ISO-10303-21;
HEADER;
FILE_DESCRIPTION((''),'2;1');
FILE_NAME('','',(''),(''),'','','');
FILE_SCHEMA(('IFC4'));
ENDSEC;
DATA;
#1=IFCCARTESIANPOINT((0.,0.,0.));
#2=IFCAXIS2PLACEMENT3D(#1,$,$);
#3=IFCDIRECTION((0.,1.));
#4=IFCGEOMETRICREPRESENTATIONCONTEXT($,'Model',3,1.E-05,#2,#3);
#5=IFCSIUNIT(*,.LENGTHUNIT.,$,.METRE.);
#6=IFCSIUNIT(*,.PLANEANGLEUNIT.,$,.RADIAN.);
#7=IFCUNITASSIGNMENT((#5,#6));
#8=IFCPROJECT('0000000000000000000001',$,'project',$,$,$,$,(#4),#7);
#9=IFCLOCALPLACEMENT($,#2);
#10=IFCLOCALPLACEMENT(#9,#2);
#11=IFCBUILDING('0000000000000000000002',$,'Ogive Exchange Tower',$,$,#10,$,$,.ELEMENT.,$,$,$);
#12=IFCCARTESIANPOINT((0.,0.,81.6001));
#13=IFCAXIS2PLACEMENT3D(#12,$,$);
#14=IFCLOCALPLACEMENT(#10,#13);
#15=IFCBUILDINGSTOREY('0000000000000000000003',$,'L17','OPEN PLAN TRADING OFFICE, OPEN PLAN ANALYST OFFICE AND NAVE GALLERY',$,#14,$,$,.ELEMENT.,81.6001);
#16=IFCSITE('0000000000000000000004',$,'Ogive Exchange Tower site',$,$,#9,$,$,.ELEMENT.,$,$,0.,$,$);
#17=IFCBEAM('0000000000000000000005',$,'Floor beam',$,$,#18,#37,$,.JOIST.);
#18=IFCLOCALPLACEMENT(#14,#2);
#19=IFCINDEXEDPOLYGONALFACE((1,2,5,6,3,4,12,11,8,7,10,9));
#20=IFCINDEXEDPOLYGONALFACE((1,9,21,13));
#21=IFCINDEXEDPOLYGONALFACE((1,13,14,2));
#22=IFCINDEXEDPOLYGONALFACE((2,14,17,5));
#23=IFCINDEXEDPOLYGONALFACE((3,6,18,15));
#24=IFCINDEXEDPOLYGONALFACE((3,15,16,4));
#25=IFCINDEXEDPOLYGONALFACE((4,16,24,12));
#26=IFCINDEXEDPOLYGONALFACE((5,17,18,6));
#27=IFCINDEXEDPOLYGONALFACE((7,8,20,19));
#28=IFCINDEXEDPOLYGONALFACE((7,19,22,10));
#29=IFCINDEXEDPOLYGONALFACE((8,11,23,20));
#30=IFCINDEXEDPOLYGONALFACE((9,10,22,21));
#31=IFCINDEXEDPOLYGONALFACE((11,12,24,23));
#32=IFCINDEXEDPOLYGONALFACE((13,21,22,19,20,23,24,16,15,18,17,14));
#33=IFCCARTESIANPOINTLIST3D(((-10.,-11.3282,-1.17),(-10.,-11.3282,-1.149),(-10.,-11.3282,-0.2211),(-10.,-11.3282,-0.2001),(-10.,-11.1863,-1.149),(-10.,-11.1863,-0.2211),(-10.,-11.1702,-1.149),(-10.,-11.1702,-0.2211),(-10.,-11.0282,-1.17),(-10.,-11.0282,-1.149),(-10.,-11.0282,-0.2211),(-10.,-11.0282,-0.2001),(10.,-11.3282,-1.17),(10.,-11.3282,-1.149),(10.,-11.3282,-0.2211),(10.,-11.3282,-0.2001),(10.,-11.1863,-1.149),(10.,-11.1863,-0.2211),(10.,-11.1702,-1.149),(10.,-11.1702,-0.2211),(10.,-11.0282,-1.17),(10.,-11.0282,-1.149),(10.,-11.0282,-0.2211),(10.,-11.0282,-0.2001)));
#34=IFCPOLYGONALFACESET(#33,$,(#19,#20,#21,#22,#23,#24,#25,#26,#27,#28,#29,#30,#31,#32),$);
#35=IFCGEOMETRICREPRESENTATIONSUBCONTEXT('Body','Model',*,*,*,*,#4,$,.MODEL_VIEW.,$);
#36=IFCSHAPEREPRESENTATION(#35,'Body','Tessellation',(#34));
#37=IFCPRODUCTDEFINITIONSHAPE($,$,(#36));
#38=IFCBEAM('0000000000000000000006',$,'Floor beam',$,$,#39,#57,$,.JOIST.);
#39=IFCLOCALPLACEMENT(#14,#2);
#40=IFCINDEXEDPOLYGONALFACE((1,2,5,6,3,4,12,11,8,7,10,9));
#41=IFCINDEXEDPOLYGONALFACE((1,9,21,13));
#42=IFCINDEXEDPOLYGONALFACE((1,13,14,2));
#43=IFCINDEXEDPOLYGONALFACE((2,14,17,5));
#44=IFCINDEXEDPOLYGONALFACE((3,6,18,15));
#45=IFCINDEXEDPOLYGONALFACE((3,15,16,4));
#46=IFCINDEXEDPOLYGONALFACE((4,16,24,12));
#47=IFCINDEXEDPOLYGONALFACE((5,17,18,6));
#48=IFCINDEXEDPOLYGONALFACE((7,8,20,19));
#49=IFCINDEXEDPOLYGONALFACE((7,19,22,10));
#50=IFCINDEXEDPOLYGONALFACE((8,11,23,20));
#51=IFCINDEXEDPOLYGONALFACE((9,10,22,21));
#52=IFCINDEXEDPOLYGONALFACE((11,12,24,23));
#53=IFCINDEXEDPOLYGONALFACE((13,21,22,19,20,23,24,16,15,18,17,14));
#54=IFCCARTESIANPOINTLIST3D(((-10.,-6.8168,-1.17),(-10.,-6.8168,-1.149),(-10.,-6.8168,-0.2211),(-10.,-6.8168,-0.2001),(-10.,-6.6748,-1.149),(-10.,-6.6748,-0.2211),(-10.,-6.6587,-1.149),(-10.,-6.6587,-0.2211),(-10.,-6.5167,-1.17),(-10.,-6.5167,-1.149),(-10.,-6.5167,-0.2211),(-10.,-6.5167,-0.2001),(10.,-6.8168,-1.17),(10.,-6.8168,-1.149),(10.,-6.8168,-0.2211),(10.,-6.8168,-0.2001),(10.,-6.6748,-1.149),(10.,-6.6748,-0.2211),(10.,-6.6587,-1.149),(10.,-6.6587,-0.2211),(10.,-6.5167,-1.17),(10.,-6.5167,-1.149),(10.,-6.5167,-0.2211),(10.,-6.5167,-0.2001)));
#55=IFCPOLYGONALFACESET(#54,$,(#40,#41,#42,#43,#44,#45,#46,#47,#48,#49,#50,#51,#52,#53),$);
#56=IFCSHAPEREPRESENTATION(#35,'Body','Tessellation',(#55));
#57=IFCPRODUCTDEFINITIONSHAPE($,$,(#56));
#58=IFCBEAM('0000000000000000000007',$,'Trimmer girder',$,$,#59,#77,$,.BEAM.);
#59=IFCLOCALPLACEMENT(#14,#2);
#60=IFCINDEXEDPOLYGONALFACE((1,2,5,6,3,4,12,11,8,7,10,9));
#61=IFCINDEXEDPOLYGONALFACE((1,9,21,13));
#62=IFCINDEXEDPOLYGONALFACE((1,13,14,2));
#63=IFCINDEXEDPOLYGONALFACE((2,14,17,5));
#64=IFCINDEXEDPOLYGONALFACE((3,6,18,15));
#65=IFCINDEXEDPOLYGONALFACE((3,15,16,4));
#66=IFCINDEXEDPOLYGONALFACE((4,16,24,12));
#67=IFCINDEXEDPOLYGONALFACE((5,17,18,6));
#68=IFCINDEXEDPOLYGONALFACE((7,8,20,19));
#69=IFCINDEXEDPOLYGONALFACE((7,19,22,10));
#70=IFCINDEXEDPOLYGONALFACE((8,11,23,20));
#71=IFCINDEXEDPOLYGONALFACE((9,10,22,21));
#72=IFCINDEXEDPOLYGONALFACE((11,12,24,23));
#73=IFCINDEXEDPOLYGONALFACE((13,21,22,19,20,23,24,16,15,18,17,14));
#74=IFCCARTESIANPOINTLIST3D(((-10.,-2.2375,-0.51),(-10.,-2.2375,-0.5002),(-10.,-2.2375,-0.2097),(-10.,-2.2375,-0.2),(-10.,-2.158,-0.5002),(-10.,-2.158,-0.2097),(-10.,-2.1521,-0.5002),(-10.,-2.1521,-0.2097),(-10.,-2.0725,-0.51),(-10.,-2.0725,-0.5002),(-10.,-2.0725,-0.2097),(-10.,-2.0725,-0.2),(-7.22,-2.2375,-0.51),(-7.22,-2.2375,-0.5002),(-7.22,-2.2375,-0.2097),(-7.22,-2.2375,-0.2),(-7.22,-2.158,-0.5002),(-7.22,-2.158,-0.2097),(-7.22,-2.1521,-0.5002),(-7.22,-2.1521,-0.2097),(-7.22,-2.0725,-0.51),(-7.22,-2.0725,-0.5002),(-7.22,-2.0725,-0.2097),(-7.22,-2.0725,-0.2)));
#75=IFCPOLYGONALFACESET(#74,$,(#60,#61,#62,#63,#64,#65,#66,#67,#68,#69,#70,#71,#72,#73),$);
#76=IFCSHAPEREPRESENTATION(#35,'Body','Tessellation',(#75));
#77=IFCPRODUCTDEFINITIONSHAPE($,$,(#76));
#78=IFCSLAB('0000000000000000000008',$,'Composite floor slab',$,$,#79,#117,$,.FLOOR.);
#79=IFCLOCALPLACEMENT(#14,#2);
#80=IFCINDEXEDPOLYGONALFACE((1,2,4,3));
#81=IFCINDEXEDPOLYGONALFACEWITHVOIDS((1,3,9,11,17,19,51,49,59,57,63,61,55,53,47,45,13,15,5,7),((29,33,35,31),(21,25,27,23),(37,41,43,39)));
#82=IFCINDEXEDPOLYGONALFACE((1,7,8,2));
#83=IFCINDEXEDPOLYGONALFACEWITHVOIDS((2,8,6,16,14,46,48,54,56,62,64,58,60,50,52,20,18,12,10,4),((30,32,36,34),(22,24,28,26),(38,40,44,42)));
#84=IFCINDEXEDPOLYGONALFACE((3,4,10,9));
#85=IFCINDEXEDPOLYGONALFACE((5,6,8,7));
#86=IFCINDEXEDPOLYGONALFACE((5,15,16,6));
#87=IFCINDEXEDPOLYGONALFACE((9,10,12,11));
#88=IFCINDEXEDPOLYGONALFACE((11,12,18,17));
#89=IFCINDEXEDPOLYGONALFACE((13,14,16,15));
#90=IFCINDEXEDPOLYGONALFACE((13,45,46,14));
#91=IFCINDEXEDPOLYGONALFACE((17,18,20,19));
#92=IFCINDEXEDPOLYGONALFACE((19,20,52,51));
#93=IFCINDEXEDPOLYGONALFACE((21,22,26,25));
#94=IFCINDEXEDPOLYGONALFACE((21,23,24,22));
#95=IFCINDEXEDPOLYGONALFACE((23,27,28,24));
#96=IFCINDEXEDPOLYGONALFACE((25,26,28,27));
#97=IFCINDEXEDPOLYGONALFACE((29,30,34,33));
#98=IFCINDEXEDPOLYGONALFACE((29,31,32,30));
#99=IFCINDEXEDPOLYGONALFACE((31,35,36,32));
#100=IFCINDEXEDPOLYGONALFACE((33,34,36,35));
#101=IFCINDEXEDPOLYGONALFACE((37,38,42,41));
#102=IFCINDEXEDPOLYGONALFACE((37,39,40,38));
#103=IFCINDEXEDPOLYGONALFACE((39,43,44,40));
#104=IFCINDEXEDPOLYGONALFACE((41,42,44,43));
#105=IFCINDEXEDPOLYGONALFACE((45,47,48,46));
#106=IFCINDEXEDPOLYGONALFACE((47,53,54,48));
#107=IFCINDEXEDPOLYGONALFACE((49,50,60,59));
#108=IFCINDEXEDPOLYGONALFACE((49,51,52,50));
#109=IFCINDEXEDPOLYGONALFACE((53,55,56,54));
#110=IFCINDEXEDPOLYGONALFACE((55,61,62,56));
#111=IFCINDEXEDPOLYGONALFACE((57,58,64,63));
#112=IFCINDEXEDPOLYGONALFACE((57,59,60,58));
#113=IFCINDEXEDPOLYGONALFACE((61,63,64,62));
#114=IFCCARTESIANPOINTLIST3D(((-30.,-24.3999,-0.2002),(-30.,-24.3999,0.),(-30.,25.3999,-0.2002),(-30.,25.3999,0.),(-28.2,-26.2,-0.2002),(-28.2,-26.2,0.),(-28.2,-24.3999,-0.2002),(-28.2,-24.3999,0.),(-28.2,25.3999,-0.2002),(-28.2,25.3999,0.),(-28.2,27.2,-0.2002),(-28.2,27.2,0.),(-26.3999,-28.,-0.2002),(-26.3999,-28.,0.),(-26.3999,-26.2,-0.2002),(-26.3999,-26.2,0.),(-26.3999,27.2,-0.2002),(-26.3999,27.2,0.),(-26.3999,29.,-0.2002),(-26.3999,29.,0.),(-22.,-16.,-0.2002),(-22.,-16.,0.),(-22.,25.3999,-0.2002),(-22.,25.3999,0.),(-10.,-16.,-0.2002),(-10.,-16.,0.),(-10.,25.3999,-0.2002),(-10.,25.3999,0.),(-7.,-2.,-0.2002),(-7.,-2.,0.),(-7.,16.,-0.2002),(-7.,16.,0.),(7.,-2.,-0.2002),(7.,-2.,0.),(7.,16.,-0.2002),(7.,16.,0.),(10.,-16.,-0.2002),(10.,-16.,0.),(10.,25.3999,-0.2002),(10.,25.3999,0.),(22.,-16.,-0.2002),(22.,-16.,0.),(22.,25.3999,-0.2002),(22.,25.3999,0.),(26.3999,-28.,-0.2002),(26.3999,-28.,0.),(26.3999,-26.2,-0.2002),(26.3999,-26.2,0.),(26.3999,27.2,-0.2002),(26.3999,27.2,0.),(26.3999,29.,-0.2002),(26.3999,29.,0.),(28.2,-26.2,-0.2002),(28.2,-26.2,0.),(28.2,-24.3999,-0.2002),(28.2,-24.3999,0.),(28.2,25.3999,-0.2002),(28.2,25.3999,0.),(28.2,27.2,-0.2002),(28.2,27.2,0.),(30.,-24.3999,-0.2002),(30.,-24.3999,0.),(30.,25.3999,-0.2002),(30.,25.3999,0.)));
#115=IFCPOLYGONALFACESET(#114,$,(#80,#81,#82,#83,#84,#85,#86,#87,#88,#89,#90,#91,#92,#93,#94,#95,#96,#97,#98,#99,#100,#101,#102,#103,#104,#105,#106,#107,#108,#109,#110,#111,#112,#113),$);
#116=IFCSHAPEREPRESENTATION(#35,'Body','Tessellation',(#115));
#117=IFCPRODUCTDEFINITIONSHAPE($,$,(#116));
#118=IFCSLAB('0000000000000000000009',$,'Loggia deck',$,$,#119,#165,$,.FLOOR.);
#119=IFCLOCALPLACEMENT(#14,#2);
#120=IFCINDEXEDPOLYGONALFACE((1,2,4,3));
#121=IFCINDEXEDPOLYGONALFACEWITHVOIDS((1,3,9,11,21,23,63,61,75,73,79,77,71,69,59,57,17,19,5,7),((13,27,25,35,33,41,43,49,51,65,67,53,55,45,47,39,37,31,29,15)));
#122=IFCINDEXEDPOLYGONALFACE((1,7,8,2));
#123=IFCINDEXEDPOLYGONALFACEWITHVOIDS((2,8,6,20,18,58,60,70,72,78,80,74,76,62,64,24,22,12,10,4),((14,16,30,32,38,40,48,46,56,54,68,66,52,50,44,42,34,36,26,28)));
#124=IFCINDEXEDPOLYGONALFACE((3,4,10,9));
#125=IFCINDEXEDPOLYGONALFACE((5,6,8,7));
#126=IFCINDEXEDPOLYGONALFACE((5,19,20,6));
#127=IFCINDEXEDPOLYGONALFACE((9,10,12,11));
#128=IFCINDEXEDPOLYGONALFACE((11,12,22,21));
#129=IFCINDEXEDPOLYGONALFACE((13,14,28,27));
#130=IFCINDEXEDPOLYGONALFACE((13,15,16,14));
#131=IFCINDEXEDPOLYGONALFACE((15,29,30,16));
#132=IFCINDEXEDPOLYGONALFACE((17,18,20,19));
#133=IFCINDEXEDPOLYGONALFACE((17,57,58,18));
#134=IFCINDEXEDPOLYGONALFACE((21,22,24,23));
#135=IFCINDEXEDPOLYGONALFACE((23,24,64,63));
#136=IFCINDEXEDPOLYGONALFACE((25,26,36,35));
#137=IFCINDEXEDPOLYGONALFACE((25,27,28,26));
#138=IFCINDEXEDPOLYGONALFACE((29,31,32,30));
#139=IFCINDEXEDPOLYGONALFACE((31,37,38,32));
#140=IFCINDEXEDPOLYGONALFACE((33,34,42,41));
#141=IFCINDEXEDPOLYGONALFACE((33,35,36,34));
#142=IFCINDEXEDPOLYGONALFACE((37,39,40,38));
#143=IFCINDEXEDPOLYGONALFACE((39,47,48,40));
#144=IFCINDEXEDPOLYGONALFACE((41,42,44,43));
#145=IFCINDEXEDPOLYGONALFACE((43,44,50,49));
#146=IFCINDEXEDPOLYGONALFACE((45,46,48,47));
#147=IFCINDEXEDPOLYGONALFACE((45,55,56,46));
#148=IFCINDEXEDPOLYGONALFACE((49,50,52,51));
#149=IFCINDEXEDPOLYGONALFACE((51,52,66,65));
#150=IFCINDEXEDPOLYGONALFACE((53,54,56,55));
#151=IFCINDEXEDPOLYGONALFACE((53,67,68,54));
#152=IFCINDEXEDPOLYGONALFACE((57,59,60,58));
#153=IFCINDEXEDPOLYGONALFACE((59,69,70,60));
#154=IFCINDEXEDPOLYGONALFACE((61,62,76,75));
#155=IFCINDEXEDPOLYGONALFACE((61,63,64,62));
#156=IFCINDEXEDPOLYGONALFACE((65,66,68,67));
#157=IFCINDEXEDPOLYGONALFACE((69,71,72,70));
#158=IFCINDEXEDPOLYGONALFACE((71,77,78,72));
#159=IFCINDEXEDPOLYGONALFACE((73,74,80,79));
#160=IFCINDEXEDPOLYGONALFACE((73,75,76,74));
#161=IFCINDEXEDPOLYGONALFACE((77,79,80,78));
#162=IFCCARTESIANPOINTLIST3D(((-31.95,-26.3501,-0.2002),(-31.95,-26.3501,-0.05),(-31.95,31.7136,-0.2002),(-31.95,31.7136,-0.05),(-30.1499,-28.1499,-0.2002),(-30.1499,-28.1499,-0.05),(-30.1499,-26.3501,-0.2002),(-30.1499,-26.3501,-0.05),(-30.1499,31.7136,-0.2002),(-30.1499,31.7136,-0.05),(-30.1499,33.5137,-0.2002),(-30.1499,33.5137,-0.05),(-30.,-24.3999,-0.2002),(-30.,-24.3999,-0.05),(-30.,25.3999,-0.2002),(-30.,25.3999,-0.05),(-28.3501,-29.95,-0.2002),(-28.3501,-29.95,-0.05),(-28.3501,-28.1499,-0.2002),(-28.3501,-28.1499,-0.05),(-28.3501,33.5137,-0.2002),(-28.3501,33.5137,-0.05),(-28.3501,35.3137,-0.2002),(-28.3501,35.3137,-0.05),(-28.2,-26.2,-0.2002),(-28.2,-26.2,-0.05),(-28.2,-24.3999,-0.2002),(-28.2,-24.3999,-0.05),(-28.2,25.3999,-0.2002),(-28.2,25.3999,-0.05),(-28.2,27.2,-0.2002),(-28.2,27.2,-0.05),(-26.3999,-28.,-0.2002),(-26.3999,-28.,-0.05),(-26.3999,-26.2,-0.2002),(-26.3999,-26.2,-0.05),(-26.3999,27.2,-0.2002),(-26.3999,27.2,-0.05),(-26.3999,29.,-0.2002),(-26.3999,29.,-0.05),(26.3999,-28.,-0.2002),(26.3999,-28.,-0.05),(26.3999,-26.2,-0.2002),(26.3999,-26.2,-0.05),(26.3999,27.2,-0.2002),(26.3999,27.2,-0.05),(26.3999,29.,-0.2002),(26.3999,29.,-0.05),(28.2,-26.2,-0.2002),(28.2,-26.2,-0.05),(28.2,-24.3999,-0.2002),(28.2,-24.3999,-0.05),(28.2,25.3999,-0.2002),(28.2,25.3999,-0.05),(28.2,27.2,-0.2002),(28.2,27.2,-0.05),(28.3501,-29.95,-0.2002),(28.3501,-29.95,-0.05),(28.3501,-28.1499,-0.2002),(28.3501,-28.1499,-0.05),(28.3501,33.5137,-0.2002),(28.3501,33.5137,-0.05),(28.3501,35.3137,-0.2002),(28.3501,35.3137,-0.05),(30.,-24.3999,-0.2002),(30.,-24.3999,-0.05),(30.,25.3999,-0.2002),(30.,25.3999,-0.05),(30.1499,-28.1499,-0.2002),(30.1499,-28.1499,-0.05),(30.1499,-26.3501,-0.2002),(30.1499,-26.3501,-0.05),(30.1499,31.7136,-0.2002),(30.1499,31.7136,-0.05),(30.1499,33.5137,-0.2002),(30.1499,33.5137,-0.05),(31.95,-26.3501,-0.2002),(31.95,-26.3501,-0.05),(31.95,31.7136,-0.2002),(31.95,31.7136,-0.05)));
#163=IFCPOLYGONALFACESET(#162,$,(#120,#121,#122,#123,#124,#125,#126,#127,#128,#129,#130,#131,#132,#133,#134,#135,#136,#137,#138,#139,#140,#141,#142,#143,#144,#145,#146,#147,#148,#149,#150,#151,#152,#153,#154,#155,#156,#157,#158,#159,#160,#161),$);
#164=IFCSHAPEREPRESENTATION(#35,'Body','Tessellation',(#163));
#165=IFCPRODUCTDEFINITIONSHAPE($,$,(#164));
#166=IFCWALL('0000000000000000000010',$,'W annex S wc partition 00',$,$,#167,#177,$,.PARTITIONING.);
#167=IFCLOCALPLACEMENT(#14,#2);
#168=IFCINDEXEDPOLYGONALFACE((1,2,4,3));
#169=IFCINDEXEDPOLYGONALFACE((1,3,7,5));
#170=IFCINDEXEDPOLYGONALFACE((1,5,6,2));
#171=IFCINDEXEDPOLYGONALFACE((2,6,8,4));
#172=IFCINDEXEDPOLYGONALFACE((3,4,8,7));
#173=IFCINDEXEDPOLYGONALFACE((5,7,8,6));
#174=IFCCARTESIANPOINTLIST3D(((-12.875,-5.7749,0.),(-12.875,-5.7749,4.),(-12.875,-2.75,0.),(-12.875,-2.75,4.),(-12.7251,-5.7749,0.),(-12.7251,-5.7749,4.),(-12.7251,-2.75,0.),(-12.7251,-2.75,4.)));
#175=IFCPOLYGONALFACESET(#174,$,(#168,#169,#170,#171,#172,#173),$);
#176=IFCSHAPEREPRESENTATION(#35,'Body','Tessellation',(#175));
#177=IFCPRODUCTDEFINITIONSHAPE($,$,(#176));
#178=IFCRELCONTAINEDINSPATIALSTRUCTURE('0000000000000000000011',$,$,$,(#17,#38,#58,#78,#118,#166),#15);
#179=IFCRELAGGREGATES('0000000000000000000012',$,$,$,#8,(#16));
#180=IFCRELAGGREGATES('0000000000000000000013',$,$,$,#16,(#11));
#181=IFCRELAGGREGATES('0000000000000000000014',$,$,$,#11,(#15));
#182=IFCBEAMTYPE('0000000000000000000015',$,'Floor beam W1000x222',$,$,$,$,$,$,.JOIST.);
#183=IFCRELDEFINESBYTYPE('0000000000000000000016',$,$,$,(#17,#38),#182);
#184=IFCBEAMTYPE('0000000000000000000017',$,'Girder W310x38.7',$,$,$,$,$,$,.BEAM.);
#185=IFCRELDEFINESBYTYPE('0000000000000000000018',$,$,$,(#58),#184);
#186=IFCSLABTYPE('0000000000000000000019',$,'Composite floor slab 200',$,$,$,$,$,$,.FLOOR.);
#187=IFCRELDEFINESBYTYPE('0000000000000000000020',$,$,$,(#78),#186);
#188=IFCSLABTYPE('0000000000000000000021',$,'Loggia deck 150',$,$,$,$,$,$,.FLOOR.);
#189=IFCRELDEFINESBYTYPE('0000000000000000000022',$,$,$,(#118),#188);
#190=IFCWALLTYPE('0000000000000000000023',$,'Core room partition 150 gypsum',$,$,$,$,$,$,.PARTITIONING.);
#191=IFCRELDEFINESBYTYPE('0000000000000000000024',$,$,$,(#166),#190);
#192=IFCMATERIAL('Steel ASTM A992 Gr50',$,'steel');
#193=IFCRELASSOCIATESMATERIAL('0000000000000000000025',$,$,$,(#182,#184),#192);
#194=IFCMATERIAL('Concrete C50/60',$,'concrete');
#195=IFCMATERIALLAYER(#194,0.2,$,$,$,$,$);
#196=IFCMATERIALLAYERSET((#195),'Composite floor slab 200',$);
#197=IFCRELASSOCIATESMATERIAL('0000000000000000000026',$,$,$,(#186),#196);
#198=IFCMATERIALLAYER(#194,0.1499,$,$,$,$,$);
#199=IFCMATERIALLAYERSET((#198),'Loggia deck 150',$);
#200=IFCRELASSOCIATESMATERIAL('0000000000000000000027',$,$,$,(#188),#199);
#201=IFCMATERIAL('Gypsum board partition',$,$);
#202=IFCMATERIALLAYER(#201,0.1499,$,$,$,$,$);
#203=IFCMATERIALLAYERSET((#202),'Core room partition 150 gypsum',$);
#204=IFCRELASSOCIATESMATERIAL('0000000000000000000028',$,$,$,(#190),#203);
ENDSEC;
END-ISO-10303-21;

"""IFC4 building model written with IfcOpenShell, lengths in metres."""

from ifc_helpers import new_model, si_unit, direction, frame, frame_2d, origin, origin_2d, place, context, subcontext, project, spatial, polyline, rectangle, i_section, outline, extrude, material, layer, layer_set, material_profile, profile_set, type_object, element, save


model = new_model("IFC4")

# Units and contexts
model_context = context("Model", 3, precision=1e-05, world=origin(), true_north=direction((0.0, 1.0)))
body_context = subcontext(model_context, "Body", "Model", "MODEL_VIEW")
ifc_project = project(units=[si_unit("LENGTHUNIT", "METRE"), si_unit("PLANEANGLEUNIT", "RADIAN")], contexts=[model_context])

# Site, building, storey
site_placement = place(None, origin())
site = spatial("IfcSite", under=ifc_project, at=site_placement, Name="Ogive Exchange Tower site", CompositionType="ELEMENT", RefElevation=0.0)
building_placement = place(site_placement, origin())
building = spatial("IfcBuilding", under=site, at=building_placement, Name="Ogive Exchange Tower", CompositionType="ELEMENT")
storey_placement = place(building_placement, frame((0.0, 0.0, 81.6001)))
storey = spatial("IfcBuildingStorey", under=building, at=storey_placement, Name="L17", Description="OPEN PLAN TRADING OFFICE, OPEN PLAN ANALYST OFFICE AND NAVE GALLERY", CompositionType="ELEMENT", Elevation=81.6001)

# Beams
ifc_material_1 = material(Name="Steel ASTM A992 Gr50", Category="steel")
ifc_material_profile_1 = material_profile(ifc_material_1, i_section(OverallWidth=0.3, OverallDepth=0.97, WebThickness=0.0161, FlangeThickness=0.021, at=origin_2d()), Name="W1000x222")
ifc_profile_set_1 = profile_set([ifc_material_profile_1], Name="Steel ASTM A992 Gr50")
beam_type_1 = type_object("IfcBeamType", Name="Floor beam W1000x222", PredefinedType="JOIST", material=ifc_profile_set_1)
for number, where, z_axis, x_axis, name in (
    (1, (-10.0, -11.1782, -0.6851), (1.0, 0.0, 0.0), (0.0, 1.0, 0.0), "Floor beam"),
    (2, (-10.0, -6.6667, -0.6851), (1.0, 0.0, 0.0), (0.0, 1.0, 0.0), "Floor beam"),
):
    element("IfcBeam", number, at=place(storey_placement, frame(where, z_axis=z_axis, x_axis=x_axis)), inside=storey, type_object=beam_type_1, Name=name, PredefinedType="JOIST", context=body_context, shape_type="SweptSolid", body=[
        extrude(i_section(OverallWidth=0.3, OverallDepth=0.97, WebThickness=0.0161, FlangeThickness=0.021, at=origin_2d()), origin(), (0.0, 0.0, 1.0), 20.0),
    ])
ifc_material_profile_2 = material_profile(ifc_material_1, i_section(OverallWidth=0.165, OverallDepth=0.3101, WebThickness=0.0059, FlangeThickness=0.0098, at=origin_2d()), Name="W310x38.7")
ifc_profile_set_2 = profile_set([ifc_material_profile_2], Name="Steel ASTM A992 Gr50")
beam_type_2 = type_object("IfcBeamType", Name="Girder W310x38.7", PredefinedType="BEAM", material=ifc_profile_set_2)
beam_placement = place(storey_placement, frame((-10.0, -2.155, -0.355), z_axis=(1.0, 0.0, 0.0), x_axis=(0.0, 1.0, 0.0)))
element("IfcBeam", 3, at=beam_placement, inside=storey, type_object=beam_type_2, Name="Trimmer girder", PredefinedType="BEAM", context=body_context, shape_type="SweptSolid", body=[
    extrude(i_section(OverallWidth=0.165, OverallDepth=0.3101, WebThickness=0.0059, FlangeThickness=0.0098, at=origin_2d()), origin(), (0.0, 0.0, 1.0), 2.78),
])

# Slabs
ifc_material_2 = material(Name="Concrete C50/60", Category="concrete")
ifc_layer_1 = layer(ifc_material_2, 0.2)
ifc_layer_set_1 = layer_set([ifc_layer_1], Name="Composite floor slab 200")
slab_type_1 = type_object("IfcSlabType", Name="Composite floor slab 200", PredefinedType="FLOOR", material=ifc_layer_set_1)
slab_1_placement = place(storey_placement, frame((0.0, 0.0, -0.2002)))
element("IfcSlab", 4, at=slab_1_placement, inside=storey, type_object=slab_type_1, Name="Composite floor slab", PredefinedType="FLOOR", context=body_context, shape_type="SweptSolid", body=[
    extrude(outline(polyline([(-26.3999, -26.2), (-28.2, -26.2), (-28.2, -24.3999), (-30.0, -24.3999), (-30.0, 25.3999), (-28.2, 25.3999), (-28.2, 27.2), (-26.3999, 27.2), (-26.3999, 29.0), (26.3999, 29.0), (26.3999, 27.2), (28.2, 27.2), (28.2, 25.3999), (30.0, 25.3999), (30.0, -24.3999), (28.2, -24.3999), (28.2, -26.2), (26.3999, -26.2), (26.3999, -28.0), (-26.3999, -28.0), (-26.3999, -26.2)]), holes=[polyline([(-10.0, -16.0), (-10.0, 25.3999), (-22.0, 25.3999), (-22.0, -16.0), (-10.0, -16.0)]), polyline([(10.0, -16.0), (22.0, -16.0), (22.0, 25.3999), (10.0, 25.3999), (10.0, -16.0)]), polyline([(-7.0, -2.0), (7.0, -2.0), (7.0, 16.0), (-7.0, 16.0), (-7.0, -2.0)])]), origin(), (0.0, 0.0, 1.0), 0.2002),
])
ifc_layer_2 = layer(ifc_material_2, 0.1499)
ifc_layer_set_2 = layer_set([ifc_layer_2], Name="Loggia deck 150")
slab_type_2 = type_object("IfcSlabType", Name="Loggia deck 150", PredefinedType="FLOOR", material=ifc_layer_set_2)
slab_2_placement = place(storey_placement, frame((0.0, 0.0, -0.2002)))
element("IfcSlab", 5, at=slab_2_placement, inside=storey, type_object=slab_type_2, Name="Loggia deck", PredefinedType="FLOOR", context=body_context, shape_type="SweptSolid", body=[
    extrude(outline(polyline([(-28.3501, -28.1499), (-30.1499, -28.1499), (-30.1499, -26.3501), (-31.95, -26.3501), (-31.95, 31.7136), (-30.1499, 31.7136), (-30.1499, 33.5137), (-28.3501, 33.5137), (-28.3501, 35.3137), (28.3501, 35.3137), (28.3501, 33.5137), (30.1499, 33.5137), (30.1499, 31.7136), (31.95, 31.7136), (31.95, -26.3501), (30.1499, -26.3501), (30.1499, -28.1499), (28.3501, -28.1499), (28.3501, -29.95), (-28.3501, -29.95), (-28.3501, -28.1499)]), holes=[polyline([(26.3999, -26.2), (28.2, -26.2), (28.2, -24.3999), (30.0, -24.3999), (30.0, 25.3999), (28.2, 25.3999), (28.2, 27.2), (26.3999, 27.2), (26.3999, 29.0), (-26.3999, 29.0), (-26.3999, 27.2), (-28.2, 27.2), (-28.2, 25.3999), (-30.0, 25.3999), (-30.0, -24.3999), (-28.2, -24.3999), (-28.2, -26.2), (-26.3999, -26.2), (-26.3999, -28.0), (26.3999, -28.0), (26.3999, -26.2)])]), origin(), (0.0, 0.0, 1.0), 0.1501),
])

# Wall
ifc_material_3 = material(Name="Gypsum board partition")
ifc_layer_3 = layer(ifc_material_3, 0.1499)
ifc_layer_set_3 = layer_set([ifc_layer_3], Name="Core room partition 150 gypsum")
wall_type_1 = type_object("IfcWallType", Name="Core room partition 150 gypsum", PredefinedType="PARTITIONING", material=ifc_layer_set_3)
wall_1_placement = place(storey_placement, frame((-12.8, -5.7749, 0.0), z_axis=(0.0, 0.0, 1.0), x_axis=(0.0, 1.0, 0.0)))
element("IfcWall", 6, at=wall_1_placement, inside=storey, type_object=wall_type_1, Name="W annex S wc partition 00", PredefinedType="PARTITIONING", context=body_context, shape_type="SweptSolid", body=[
    extrude(rectangle(XDim=3.0249, YDim=0.1499, at=frame_2d((1.5125, 0.0))), origin(), (0.0, 0.0, 1.0), 4.0),
])

save(model, "model.ifc")
